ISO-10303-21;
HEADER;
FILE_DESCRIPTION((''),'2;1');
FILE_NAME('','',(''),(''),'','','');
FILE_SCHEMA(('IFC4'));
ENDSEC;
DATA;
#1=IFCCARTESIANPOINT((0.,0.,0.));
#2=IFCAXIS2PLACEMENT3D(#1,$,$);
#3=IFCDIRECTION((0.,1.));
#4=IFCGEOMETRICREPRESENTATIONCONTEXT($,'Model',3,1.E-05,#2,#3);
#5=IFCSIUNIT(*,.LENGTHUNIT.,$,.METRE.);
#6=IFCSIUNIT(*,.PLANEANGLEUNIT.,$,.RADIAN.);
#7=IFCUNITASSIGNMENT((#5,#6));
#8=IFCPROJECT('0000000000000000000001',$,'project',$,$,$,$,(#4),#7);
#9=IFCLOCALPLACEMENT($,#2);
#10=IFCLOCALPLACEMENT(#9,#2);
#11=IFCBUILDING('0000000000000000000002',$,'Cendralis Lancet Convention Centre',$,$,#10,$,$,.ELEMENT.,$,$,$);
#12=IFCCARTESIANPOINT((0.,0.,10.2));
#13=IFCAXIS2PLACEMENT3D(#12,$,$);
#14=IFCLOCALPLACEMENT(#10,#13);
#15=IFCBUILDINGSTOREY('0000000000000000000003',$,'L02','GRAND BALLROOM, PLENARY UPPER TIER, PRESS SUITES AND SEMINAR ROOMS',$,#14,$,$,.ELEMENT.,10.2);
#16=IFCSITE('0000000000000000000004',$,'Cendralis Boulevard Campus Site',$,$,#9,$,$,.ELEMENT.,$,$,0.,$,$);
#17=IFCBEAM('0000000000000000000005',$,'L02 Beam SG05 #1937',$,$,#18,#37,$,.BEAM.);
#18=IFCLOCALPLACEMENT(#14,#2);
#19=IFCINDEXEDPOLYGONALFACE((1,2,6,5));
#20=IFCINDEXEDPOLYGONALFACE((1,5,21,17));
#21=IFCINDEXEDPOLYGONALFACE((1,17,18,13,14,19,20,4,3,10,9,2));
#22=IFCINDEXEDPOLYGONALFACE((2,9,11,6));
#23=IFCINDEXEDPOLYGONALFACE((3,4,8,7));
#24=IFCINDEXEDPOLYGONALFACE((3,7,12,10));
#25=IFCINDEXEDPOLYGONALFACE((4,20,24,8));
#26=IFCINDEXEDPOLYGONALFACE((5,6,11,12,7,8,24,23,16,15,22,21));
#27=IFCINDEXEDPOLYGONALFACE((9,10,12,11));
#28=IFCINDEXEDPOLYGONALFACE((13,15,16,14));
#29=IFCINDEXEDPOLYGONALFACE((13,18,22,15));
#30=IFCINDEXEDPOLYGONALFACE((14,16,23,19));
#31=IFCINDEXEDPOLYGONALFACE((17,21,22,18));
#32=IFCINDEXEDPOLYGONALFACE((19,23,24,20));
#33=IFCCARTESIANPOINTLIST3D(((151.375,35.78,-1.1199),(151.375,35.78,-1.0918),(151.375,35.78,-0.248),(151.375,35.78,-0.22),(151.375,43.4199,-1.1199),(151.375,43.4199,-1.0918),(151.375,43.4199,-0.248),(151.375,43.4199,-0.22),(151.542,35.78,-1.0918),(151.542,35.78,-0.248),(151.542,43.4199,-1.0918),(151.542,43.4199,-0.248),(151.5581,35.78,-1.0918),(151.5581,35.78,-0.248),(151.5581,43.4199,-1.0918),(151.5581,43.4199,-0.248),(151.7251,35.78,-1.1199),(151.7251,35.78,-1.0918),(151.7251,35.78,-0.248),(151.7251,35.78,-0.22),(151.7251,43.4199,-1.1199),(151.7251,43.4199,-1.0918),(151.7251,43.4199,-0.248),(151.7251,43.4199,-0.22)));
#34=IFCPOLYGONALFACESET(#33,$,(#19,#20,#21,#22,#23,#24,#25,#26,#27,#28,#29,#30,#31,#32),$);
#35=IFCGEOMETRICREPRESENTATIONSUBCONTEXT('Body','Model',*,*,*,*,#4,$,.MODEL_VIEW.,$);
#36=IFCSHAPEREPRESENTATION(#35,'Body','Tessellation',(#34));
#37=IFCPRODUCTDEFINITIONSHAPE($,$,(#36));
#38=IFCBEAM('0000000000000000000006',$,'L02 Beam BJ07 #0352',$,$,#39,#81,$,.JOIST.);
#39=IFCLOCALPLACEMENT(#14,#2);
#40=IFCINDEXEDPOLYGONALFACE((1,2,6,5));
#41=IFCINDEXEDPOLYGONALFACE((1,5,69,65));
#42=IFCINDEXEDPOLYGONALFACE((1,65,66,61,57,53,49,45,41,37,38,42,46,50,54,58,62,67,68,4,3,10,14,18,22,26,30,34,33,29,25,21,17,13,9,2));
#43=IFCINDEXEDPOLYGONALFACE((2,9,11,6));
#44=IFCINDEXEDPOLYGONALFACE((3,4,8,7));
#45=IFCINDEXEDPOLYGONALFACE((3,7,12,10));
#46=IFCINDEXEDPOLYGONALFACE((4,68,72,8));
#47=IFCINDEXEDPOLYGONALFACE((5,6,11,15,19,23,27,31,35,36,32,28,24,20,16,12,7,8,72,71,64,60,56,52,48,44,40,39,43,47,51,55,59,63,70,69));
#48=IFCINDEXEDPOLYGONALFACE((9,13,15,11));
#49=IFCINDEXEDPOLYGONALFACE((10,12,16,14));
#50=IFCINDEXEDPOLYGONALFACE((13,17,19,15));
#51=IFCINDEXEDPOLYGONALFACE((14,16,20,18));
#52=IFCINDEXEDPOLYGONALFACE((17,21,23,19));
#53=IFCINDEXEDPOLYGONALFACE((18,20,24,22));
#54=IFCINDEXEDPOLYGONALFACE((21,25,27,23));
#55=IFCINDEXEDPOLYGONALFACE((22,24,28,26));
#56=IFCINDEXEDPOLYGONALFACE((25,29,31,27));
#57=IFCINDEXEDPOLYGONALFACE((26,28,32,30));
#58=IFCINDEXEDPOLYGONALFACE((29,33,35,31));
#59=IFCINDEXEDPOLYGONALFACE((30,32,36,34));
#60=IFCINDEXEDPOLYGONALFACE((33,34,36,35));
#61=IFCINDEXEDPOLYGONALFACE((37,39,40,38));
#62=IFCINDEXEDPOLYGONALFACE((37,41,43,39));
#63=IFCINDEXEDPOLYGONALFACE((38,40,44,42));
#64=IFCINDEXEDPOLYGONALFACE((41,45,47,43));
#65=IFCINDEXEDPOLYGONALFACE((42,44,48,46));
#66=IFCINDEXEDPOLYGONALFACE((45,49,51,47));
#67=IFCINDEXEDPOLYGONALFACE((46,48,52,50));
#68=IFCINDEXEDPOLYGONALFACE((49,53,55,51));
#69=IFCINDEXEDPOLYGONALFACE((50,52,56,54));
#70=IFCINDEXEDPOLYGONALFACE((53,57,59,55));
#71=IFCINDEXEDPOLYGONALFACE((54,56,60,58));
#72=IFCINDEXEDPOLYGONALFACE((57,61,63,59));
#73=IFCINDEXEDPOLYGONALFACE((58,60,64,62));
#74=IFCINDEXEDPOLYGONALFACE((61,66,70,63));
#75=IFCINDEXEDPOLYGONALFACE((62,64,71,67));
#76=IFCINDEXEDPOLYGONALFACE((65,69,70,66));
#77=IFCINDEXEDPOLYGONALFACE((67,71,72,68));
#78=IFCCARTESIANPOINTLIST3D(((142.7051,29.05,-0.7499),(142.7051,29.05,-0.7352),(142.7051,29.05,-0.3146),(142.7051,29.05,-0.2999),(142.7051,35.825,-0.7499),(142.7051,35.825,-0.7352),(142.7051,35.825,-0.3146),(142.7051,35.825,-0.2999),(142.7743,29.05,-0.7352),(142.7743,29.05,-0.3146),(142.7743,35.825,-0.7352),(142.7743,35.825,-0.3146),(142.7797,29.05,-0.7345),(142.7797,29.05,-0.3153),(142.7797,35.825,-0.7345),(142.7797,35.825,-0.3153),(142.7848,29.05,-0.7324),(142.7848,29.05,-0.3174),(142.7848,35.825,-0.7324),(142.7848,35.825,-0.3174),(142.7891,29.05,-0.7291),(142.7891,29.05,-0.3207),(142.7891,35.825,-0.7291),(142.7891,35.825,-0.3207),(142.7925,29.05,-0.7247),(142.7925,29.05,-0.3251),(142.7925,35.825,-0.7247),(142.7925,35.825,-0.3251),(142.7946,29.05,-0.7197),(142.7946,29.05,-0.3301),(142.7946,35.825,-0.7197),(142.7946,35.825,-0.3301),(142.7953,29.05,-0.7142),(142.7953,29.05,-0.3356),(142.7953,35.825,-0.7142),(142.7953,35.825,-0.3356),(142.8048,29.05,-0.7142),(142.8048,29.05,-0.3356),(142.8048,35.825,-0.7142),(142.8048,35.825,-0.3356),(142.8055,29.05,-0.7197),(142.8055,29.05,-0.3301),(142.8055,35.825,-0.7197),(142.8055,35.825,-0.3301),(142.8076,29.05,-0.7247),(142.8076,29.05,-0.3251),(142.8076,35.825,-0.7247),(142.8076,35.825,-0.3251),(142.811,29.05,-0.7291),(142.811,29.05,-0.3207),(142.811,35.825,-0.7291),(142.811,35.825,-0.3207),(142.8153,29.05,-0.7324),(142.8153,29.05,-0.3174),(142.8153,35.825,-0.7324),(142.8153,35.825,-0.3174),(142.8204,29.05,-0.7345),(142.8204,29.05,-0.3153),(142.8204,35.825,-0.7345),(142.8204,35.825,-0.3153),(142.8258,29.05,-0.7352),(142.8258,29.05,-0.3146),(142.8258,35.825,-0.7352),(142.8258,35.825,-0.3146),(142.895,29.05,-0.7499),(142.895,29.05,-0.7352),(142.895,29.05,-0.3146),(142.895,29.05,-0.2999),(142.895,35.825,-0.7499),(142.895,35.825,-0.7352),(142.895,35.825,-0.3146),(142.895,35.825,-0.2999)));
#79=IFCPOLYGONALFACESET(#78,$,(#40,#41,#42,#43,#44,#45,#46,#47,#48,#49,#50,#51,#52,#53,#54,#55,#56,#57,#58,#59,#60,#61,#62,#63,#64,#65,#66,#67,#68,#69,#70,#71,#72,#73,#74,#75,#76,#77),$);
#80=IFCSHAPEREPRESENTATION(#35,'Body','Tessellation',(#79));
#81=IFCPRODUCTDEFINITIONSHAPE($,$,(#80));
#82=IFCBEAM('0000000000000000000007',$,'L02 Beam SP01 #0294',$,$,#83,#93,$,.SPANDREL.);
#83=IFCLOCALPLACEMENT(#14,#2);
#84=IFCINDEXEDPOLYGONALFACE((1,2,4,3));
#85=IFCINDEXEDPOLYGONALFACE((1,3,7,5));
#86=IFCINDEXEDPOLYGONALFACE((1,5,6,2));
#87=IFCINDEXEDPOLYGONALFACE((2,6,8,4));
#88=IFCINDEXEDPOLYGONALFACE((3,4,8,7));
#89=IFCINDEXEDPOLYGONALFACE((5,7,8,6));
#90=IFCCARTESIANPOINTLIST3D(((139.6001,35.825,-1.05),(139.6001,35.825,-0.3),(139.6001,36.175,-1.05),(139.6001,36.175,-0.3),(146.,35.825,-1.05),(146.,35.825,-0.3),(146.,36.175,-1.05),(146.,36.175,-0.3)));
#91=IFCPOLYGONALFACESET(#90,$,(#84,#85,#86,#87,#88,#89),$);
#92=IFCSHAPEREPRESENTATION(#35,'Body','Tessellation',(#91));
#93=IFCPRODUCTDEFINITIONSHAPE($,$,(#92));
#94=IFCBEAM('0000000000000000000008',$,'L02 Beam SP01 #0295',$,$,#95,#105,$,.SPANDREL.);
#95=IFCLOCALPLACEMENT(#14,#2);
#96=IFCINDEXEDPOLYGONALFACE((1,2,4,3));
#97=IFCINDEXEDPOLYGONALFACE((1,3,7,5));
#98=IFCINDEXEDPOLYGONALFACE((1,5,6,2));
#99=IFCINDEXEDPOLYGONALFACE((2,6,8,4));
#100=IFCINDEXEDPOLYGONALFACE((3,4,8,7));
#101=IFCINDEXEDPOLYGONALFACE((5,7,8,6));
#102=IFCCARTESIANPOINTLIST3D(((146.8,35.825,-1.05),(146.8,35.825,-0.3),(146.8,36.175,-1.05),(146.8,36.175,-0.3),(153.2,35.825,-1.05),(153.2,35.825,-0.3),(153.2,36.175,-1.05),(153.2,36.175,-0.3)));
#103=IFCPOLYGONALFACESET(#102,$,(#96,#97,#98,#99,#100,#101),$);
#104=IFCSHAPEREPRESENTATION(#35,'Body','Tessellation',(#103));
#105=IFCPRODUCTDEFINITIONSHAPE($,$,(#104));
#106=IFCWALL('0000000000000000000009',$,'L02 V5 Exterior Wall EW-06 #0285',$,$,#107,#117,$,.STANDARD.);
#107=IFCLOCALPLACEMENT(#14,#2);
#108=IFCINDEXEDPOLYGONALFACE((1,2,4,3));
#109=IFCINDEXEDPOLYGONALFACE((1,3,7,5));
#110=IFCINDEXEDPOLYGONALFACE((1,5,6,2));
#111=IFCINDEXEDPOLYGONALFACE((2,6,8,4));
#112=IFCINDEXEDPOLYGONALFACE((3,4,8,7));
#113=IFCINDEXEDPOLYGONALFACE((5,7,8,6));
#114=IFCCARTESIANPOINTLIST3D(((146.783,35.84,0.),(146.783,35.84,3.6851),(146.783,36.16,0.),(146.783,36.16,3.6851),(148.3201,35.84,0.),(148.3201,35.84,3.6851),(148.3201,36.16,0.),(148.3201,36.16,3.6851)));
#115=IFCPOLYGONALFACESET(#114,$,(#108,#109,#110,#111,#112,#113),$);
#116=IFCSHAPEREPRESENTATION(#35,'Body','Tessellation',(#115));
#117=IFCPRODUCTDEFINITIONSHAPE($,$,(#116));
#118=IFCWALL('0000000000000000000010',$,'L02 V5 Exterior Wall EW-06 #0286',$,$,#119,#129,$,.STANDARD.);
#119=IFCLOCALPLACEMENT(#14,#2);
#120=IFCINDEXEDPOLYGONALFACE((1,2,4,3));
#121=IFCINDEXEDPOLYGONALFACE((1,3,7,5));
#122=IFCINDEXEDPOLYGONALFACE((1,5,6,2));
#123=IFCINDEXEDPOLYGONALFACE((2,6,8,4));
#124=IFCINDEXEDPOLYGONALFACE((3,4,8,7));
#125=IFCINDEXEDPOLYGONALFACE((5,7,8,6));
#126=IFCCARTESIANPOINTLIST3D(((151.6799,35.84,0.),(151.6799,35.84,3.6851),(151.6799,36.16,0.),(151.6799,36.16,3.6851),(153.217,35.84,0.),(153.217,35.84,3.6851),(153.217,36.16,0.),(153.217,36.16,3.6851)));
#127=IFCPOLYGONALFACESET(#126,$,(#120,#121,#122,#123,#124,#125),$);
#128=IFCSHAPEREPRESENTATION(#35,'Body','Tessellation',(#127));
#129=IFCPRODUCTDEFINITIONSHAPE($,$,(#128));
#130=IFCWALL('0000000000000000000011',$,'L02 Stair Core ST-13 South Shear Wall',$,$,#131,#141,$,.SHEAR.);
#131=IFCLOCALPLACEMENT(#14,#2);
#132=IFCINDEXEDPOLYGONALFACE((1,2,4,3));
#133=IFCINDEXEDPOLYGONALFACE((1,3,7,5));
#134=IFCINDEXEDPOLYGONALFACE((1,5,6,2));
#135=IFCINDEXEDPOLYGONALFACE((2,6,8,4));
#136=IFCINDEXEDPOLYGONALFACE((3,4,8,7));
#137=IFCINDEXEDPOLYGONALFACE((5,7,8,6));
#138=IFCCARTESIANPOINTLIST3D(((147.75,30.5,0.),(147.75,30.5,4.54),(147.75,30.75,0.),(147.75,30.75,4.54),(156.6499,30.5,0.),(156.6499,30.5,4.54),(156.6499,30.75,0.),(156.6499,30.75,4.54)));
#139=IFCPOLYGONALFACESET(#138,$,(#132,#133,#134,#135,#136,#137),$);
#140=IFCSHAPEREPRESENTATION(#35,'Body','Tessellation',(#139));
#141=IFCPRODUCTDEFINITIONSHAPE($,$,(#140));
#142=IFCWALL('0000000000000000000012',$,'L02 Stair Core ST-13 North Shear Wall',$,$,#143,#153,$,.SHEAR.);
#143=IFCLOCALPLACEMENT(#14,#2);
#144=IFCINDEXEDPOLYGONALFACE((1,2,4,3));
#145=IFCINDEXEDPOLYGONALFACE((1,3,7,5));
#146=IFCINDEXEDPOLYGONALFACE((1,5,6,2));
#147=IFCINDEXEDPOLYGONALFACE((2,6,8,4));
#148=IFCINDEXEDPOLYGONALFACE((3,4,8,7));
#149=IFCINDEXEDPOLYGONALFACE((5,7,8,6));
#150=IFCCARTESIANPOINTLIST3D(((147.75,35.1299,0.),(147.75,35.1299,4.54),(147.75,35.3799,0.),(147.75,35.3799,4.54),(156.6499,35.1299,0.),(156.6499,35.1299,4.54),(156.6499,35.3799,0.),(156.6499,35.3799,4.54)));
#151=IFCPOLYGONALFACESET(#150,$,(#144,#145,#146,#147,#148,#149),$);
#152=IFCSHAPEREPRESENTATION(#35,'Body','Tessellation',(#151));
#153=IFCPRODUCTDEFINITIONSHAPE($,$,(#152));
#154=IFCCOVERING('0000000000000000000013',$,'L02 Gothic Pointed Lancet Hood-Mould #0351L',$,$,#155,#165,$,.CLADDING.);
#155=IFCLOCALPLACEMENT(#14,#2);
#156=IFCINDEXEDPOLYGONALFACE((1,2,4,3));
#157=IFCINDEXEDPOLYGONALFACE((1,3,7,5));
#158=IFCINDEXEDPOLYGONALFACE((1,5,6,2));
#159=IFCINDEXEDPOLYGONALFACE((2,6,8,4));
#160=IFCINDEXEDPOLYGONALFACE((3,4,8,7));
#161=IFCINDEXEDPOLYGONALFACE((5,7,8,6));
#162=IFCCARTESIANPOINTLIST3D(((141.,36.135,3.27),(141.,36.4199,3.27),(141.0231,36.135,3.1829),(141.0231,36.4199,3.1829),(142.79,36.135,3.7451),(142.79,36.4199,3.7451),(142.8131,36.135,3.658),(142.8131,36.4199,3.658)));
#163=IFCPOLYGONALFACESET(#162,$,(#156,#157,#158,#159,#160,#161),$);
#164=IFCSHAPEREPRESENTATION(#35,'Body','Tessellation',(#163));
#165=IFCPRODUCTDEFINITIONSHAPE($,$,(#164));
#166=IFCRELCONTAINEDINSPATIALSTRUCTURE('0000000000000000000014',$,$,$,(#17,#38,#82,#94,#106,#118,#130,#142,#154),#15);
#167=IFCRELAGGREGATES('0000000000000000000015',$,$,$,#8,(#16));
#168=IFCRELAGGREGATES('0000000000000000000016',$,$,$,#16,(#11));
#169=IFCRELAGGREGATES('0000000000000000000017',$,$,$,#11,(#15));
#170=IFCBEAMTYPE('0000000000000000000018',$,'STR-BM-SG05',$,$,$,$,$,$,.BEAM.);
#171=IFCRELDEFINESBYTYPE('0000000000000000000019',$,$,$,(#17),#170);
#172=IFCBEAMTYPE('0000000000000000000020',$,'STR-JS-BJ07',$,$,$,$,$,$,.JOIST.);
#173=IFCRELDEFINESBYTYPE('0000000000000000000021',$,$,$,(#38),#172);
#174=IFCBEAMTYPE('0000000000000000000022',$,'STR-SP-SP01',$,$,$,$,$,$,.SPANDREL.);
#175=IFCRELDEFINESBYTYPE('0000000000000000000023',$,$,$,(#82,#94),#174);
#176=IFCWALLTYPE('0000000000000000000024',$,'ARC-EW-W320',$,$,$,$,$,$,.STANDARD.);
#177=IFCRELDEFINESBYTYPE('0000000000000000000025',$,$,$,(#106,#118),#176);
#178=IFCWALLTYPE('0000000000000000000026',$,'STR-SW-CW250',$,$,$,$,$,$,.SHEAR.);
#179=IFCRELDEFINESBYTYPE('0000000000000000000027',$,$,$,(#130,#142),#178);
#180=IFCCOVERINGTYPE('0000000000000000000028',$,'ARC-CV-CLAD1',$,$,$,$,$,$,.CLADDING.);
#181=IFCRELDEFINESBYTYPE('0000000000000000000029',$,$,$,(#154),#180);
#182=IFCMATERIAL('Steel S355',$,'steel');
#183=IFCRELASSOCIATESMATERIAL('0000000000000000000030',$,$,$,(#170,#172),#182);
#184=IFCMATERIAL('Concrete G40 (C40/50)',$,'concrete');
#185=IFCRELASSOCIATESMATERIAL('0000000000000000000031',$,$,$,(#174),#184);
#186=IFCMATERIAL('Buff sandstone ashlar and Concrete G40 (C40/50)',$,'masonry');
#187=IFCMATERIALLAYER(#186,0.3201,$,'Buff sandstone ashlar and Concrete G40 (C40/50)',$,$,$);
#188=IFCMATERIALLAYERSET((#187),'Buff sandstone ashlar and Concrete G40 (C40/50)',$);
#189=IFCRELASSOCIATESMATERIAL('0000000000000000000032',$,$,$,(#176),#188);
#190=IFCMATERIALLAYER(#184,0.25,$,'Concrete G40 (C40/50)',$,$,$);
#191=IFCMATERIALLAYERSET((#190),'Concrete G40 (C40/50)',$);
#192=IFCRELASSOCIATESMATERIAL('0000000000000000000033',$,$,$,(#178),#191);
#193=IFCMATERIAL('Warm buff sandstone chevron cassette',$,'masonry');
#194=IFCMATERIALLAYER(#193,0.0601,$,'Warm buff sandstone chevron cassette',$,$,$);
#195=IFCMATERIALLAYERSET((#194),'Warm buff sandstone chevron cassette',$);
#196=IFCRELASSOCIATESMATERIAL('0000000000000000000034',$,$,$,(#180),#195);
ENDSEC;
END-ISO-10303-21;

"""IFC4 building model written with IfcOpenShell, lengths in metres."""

from ifc_helpers import new_model, si_unit, direction, frame, frame_2d, origin, origin_2d, place, context, subcontext, project, spatial, polyline, rectangle, i_section, outline, extrude, material, layer, layer_set, material_profile, profile_set, type_object, element, save


model = new_model("IFC4")

# Units and contexts
model_context = context("Model", 3, precision=1e-05, world=origin(), true_north=direction((0.0, 1.0)))
body_context = subcontext(model_context, "Body", "Model", "MODEL_VIEW")
ifc_project = project(units=[si_unit("LENGTHUNIT", "METRE"), si_unit("PLANEANGLEUNIT", "RADIAN")], contexts=[model_context])

# Site, building, storey
site_placement = place(None, origin())
site = spatial("IfcSite", under=ifc_project, at=site_placement, Name="Cendralis Boulevard Campus Site", CompositionType="ELEMENT", RefElevation=0.0)
building_placement = place(site_placement, origin())
building = spatial("IfcBuilding", under=site, at=building_placement, Name="Cendralis Lancet Convention Centre", CompositionType="ELEMENT")
storey_placement = place(building_placement, frame((0.0, 0.0, 10.2)))
storey = spatial("IfcBuildingStorey", under=building, at=storey_placement, Name="L02", Description="GRAND BALLROOM, PLENARY UPPER TIER, PRESS SUITES AND SEMINAR ROOMS", CompositionType="ELEMENT", Elevation=10.2)

# Shared definitions
ifc_material_1 = material(Name="Concrete G40 (C40/50)", Category="concrete")

# Beams
ifc_material_2 = material(Name="Steel S355", Category="steel")
ifc_material_profile_1 = material_profile(ifc_material_2, i_section(OverallWidth=0.3501, OverallDepth=0.8999, WebThickness=0.0161, FlangeThickness=0.0281, at=origin_2d()), Name="PG 900x350")
ifc_profile_set_1 = profile_set([ifc_material_profile_1], Name="Steel S355")
beam_type_1 = type_object("IfcBeamType", Name="STR-BM-SG05", PredefinedType="BEAM", material=ifc_profile_set_1)
for number, where, z_axis, x_axis, name in (
    (1, (151.55, 35.78, -0.6699), (0.0, 1.0, 0.0), (-1.0, 0.0, 0.0), "L02 Beam SG05 #1937"),
):
    element("IfcBeam", number, at=place(storey_placement, frame(where, z_axis=z_axis, x_axis=x_axis)), inside=storey, type_object=beam_type_1, Name=name, PredefinedType="BEAM", context=body_context, shape_type="SweptSolid", body=[
        extrude(i_section(OverallWidth=0.3501, OverallDepth=0.8999, WebThickness=0.0161, FlangeThickness=0.0281, at=origin_2d()), origin(), (0.0, 0.0, 1.0), 7.6399),
    ])
ifc_material_profile_2 = material_profile(ifc_material_2, i_section(OverallWidth=0.1899, OverallDepth=0.45, WebThickness=0.0095, FlangeThickness=0.0146, FilletRadius=0.021, at=origin_2d()), Name="IPE 450")
ifc_profile_set_2 = profile_set([ifc_material_profile_2], Name="Steel S355")
beam_type_2 = type_object("IfcBeamType", Name="STR-JS-BJ07", PredefinedType="JOIST", material=ifc_profile_set_2)
beam_1_placement = place(storey_placement, frame((142.8, 29.05, -0.5249), z_axis=(0.0, 1.0, 0.0), x_axis=(-1.0, 0.0, 0.0)))
element("IfcBeam", 2, at=beam_1_placement, inside=storey, type_object=beam_type_2, Name="L02 Beam BJ07 #0352", PredefinedType="JOIST", context=body_context, shape_type="SweptSolid", body=[
    extrude(i_section(OverallWidth=0.1899, OverallDepth=0.45, WebThickness=0.0095, FlangeThickness=0.0146, FilletRadius=0.021, at=origin_2d()), origin(), (0.0, 0.0, 1.0), 6.7749),
])
ifc_material_profile_3 = material_profile(ifc_material_1, rectangle(XDim=0.3501, YDim=0.75, at=origin_2d()), Name="RCB 350x750")
ifc_profile_set_3 = profile_set([ifc_material_profile_3], Name="Concrete G40 (C40/50)")
beam_type_3 = type_object("IfcBeamType", Name="STR-SP-SP01", PredefinedType="SPANDREL", material=ifc_profile_set_3)
for number, where, z_axis, x_axis, name in (
    (3, (139.6001, 36.0, -0.675), (1.0, 0.0, 0.0), (0.0, 1.0, 0.0), "L02 Beam SP01 #0294"),
    (4, (146.8, 36.0, -0.675), (1.0, 0.0, 0.0), (0.0, 1.0, 0.0), "L02 Beam SP01 #0295"),
):
    element("IfcBeam", number, at=place(storey_placement, frame(where, z_axis=z_axis, x_axis=x_axis)), inside=storey, type_object=beam_type_3, Name=name, PredefinedType="SPANDREL", context=body_context, shape_type="SweptSolid", body=[
        extrude(rectangle(XDim=0.3501, YDim=0.75, at=origin_2d()), origin(), (0.0, 0.0, 1.0), 6.3999),
    ])

# Walls
ifc_material_3 = material(Name="Buff sandstone ashlar and Concrete G40 (C40/50)", Category="masonry")
ifc_layer_1 = layer(ifc_material_3, 0.3201, Name="Buff sandstone ashlar and Concrete G40 (C40/50)")
ifc_layer_set_1 = layer_set([ifc_layer_1], Name="Buff sandstone ashlar and Concrete G40 (C40/50)")
wall_type_1 = type_object("IfcWallType", Name="ARC-EW-W320", PredefinedType="STANDARD", material=ifc_layer_set_1)
for number, where, z_axis, x_axis, name in (
    (5, (146.783, 36.0, 0.0), (0.0, 0.0, 1.0), (1.0, 0.0, 0.0), "L02 V5 Exterior Wall EW-06 #0285"),
    (6, (151.6799, 36.0, 0.0), (0.0, 0.0, 1.0), (1.0, 0.0, 0.0), "L02 V5 Exterior Wall EW-06 #0286"),
):
    element("IfcWall", number, at=place(storey_placement, frame(where, z_axis=z_axis, x_axis=x_axis)), inside=storey, type_object=wall_type_1, Name=name, PredefinedType="STANDARD", context=body_context, shape_type="SweptSolid", body=[
        extrude(rectangle(XDim=1.5371, YDim=0.3201, at=frame_2d((0.7686, 0.0))), origin(), (0.0, 0.0, 1.0), 3.6851),
    ])

# Shared definitions
ifc_layer_2 = layer(ifc_material_1, 0.25, Name="Concrete G40 (C40/50)")
ifc_layer_set_2 = layer_set([ifc_layer_2], Name="Concrete G40 (C40/50)")
wall_type_2 = type_object("IfcWallType", Name="STR-SW-CW250", PredefinedType="SHEAR", material=ifc_layer_set_2)

# Walls
for number, where, z_axis, x_axis, name in (
    (7, (147.75, 30.625, 0.0), (0.0, 0.0, 1.0), (1.0, 0.0, 0.0), "L02 Stair Core ST-13 South Shear Wall"),
    (8, (147.75, 35.2549, 0.0), (0.0, 0.0, 1.0), (1.0, 0.0, 0.0), "L02 Stair Core ST-13 North Shear Wall"),
):
    element("IfcWall", number, at=place(storey_placement, frame(where, z_axis=z_axis, x_axis=x_axis)), inside=storey, type_object=wall_type_2, Name=name, PredefinedType="SHEAR", context=body_context, shape_type="SweptSolid", body=[
        extrude(rectangle(XDim=8.8999, YDim=0.25, at=frame_2d((4.45, 0.0))), origin(), (0.0, 0.0, 1.0), 4.54),
    ])

# Covering
ifc_material_4 = material(Name="Warm buff sandstone chevron cassette", Category="masonry")
ifc_layer_3 = layer(ifc_material_4, 0.0601, Name="Warm buff sandstone chevron cassette")
ifc_layer_set_3 = layer_set([ifc_layer_3], Name="Warm buff sandstone chevron cassette")
covering_type = type_object("IfcCoveringType", Name="ARC-CV-CLAD1", PredefinedType="CLADDING", material=ifc_layer_set_3)
covering_placement = place(storey_placement, frame((141.0, 36.4199, 3.27), z_axis=(-0.25653, 0.0, 0.966536), x_axis=(0.0, -1.0, 0.0)))
element("IfcCovering", 9, at=covering_placement, inside=storey, type_object=covering_type, Name="L02 Gothic Pointed Lancet Hood-Mould #0351L", PredefinedType="CLADDING", context=body_context, shape_type="SweptSolid", body=[
    extrude(outline(polyline([(0.0, 0.0), (0.2849, 0.0), (0.2849, 1.852), (0.0, 1.852), (0.0, 0.0)])), origin(), (0.0, 0.0, -1.0), 0.0901),
])

save(model, "model.ifc")
